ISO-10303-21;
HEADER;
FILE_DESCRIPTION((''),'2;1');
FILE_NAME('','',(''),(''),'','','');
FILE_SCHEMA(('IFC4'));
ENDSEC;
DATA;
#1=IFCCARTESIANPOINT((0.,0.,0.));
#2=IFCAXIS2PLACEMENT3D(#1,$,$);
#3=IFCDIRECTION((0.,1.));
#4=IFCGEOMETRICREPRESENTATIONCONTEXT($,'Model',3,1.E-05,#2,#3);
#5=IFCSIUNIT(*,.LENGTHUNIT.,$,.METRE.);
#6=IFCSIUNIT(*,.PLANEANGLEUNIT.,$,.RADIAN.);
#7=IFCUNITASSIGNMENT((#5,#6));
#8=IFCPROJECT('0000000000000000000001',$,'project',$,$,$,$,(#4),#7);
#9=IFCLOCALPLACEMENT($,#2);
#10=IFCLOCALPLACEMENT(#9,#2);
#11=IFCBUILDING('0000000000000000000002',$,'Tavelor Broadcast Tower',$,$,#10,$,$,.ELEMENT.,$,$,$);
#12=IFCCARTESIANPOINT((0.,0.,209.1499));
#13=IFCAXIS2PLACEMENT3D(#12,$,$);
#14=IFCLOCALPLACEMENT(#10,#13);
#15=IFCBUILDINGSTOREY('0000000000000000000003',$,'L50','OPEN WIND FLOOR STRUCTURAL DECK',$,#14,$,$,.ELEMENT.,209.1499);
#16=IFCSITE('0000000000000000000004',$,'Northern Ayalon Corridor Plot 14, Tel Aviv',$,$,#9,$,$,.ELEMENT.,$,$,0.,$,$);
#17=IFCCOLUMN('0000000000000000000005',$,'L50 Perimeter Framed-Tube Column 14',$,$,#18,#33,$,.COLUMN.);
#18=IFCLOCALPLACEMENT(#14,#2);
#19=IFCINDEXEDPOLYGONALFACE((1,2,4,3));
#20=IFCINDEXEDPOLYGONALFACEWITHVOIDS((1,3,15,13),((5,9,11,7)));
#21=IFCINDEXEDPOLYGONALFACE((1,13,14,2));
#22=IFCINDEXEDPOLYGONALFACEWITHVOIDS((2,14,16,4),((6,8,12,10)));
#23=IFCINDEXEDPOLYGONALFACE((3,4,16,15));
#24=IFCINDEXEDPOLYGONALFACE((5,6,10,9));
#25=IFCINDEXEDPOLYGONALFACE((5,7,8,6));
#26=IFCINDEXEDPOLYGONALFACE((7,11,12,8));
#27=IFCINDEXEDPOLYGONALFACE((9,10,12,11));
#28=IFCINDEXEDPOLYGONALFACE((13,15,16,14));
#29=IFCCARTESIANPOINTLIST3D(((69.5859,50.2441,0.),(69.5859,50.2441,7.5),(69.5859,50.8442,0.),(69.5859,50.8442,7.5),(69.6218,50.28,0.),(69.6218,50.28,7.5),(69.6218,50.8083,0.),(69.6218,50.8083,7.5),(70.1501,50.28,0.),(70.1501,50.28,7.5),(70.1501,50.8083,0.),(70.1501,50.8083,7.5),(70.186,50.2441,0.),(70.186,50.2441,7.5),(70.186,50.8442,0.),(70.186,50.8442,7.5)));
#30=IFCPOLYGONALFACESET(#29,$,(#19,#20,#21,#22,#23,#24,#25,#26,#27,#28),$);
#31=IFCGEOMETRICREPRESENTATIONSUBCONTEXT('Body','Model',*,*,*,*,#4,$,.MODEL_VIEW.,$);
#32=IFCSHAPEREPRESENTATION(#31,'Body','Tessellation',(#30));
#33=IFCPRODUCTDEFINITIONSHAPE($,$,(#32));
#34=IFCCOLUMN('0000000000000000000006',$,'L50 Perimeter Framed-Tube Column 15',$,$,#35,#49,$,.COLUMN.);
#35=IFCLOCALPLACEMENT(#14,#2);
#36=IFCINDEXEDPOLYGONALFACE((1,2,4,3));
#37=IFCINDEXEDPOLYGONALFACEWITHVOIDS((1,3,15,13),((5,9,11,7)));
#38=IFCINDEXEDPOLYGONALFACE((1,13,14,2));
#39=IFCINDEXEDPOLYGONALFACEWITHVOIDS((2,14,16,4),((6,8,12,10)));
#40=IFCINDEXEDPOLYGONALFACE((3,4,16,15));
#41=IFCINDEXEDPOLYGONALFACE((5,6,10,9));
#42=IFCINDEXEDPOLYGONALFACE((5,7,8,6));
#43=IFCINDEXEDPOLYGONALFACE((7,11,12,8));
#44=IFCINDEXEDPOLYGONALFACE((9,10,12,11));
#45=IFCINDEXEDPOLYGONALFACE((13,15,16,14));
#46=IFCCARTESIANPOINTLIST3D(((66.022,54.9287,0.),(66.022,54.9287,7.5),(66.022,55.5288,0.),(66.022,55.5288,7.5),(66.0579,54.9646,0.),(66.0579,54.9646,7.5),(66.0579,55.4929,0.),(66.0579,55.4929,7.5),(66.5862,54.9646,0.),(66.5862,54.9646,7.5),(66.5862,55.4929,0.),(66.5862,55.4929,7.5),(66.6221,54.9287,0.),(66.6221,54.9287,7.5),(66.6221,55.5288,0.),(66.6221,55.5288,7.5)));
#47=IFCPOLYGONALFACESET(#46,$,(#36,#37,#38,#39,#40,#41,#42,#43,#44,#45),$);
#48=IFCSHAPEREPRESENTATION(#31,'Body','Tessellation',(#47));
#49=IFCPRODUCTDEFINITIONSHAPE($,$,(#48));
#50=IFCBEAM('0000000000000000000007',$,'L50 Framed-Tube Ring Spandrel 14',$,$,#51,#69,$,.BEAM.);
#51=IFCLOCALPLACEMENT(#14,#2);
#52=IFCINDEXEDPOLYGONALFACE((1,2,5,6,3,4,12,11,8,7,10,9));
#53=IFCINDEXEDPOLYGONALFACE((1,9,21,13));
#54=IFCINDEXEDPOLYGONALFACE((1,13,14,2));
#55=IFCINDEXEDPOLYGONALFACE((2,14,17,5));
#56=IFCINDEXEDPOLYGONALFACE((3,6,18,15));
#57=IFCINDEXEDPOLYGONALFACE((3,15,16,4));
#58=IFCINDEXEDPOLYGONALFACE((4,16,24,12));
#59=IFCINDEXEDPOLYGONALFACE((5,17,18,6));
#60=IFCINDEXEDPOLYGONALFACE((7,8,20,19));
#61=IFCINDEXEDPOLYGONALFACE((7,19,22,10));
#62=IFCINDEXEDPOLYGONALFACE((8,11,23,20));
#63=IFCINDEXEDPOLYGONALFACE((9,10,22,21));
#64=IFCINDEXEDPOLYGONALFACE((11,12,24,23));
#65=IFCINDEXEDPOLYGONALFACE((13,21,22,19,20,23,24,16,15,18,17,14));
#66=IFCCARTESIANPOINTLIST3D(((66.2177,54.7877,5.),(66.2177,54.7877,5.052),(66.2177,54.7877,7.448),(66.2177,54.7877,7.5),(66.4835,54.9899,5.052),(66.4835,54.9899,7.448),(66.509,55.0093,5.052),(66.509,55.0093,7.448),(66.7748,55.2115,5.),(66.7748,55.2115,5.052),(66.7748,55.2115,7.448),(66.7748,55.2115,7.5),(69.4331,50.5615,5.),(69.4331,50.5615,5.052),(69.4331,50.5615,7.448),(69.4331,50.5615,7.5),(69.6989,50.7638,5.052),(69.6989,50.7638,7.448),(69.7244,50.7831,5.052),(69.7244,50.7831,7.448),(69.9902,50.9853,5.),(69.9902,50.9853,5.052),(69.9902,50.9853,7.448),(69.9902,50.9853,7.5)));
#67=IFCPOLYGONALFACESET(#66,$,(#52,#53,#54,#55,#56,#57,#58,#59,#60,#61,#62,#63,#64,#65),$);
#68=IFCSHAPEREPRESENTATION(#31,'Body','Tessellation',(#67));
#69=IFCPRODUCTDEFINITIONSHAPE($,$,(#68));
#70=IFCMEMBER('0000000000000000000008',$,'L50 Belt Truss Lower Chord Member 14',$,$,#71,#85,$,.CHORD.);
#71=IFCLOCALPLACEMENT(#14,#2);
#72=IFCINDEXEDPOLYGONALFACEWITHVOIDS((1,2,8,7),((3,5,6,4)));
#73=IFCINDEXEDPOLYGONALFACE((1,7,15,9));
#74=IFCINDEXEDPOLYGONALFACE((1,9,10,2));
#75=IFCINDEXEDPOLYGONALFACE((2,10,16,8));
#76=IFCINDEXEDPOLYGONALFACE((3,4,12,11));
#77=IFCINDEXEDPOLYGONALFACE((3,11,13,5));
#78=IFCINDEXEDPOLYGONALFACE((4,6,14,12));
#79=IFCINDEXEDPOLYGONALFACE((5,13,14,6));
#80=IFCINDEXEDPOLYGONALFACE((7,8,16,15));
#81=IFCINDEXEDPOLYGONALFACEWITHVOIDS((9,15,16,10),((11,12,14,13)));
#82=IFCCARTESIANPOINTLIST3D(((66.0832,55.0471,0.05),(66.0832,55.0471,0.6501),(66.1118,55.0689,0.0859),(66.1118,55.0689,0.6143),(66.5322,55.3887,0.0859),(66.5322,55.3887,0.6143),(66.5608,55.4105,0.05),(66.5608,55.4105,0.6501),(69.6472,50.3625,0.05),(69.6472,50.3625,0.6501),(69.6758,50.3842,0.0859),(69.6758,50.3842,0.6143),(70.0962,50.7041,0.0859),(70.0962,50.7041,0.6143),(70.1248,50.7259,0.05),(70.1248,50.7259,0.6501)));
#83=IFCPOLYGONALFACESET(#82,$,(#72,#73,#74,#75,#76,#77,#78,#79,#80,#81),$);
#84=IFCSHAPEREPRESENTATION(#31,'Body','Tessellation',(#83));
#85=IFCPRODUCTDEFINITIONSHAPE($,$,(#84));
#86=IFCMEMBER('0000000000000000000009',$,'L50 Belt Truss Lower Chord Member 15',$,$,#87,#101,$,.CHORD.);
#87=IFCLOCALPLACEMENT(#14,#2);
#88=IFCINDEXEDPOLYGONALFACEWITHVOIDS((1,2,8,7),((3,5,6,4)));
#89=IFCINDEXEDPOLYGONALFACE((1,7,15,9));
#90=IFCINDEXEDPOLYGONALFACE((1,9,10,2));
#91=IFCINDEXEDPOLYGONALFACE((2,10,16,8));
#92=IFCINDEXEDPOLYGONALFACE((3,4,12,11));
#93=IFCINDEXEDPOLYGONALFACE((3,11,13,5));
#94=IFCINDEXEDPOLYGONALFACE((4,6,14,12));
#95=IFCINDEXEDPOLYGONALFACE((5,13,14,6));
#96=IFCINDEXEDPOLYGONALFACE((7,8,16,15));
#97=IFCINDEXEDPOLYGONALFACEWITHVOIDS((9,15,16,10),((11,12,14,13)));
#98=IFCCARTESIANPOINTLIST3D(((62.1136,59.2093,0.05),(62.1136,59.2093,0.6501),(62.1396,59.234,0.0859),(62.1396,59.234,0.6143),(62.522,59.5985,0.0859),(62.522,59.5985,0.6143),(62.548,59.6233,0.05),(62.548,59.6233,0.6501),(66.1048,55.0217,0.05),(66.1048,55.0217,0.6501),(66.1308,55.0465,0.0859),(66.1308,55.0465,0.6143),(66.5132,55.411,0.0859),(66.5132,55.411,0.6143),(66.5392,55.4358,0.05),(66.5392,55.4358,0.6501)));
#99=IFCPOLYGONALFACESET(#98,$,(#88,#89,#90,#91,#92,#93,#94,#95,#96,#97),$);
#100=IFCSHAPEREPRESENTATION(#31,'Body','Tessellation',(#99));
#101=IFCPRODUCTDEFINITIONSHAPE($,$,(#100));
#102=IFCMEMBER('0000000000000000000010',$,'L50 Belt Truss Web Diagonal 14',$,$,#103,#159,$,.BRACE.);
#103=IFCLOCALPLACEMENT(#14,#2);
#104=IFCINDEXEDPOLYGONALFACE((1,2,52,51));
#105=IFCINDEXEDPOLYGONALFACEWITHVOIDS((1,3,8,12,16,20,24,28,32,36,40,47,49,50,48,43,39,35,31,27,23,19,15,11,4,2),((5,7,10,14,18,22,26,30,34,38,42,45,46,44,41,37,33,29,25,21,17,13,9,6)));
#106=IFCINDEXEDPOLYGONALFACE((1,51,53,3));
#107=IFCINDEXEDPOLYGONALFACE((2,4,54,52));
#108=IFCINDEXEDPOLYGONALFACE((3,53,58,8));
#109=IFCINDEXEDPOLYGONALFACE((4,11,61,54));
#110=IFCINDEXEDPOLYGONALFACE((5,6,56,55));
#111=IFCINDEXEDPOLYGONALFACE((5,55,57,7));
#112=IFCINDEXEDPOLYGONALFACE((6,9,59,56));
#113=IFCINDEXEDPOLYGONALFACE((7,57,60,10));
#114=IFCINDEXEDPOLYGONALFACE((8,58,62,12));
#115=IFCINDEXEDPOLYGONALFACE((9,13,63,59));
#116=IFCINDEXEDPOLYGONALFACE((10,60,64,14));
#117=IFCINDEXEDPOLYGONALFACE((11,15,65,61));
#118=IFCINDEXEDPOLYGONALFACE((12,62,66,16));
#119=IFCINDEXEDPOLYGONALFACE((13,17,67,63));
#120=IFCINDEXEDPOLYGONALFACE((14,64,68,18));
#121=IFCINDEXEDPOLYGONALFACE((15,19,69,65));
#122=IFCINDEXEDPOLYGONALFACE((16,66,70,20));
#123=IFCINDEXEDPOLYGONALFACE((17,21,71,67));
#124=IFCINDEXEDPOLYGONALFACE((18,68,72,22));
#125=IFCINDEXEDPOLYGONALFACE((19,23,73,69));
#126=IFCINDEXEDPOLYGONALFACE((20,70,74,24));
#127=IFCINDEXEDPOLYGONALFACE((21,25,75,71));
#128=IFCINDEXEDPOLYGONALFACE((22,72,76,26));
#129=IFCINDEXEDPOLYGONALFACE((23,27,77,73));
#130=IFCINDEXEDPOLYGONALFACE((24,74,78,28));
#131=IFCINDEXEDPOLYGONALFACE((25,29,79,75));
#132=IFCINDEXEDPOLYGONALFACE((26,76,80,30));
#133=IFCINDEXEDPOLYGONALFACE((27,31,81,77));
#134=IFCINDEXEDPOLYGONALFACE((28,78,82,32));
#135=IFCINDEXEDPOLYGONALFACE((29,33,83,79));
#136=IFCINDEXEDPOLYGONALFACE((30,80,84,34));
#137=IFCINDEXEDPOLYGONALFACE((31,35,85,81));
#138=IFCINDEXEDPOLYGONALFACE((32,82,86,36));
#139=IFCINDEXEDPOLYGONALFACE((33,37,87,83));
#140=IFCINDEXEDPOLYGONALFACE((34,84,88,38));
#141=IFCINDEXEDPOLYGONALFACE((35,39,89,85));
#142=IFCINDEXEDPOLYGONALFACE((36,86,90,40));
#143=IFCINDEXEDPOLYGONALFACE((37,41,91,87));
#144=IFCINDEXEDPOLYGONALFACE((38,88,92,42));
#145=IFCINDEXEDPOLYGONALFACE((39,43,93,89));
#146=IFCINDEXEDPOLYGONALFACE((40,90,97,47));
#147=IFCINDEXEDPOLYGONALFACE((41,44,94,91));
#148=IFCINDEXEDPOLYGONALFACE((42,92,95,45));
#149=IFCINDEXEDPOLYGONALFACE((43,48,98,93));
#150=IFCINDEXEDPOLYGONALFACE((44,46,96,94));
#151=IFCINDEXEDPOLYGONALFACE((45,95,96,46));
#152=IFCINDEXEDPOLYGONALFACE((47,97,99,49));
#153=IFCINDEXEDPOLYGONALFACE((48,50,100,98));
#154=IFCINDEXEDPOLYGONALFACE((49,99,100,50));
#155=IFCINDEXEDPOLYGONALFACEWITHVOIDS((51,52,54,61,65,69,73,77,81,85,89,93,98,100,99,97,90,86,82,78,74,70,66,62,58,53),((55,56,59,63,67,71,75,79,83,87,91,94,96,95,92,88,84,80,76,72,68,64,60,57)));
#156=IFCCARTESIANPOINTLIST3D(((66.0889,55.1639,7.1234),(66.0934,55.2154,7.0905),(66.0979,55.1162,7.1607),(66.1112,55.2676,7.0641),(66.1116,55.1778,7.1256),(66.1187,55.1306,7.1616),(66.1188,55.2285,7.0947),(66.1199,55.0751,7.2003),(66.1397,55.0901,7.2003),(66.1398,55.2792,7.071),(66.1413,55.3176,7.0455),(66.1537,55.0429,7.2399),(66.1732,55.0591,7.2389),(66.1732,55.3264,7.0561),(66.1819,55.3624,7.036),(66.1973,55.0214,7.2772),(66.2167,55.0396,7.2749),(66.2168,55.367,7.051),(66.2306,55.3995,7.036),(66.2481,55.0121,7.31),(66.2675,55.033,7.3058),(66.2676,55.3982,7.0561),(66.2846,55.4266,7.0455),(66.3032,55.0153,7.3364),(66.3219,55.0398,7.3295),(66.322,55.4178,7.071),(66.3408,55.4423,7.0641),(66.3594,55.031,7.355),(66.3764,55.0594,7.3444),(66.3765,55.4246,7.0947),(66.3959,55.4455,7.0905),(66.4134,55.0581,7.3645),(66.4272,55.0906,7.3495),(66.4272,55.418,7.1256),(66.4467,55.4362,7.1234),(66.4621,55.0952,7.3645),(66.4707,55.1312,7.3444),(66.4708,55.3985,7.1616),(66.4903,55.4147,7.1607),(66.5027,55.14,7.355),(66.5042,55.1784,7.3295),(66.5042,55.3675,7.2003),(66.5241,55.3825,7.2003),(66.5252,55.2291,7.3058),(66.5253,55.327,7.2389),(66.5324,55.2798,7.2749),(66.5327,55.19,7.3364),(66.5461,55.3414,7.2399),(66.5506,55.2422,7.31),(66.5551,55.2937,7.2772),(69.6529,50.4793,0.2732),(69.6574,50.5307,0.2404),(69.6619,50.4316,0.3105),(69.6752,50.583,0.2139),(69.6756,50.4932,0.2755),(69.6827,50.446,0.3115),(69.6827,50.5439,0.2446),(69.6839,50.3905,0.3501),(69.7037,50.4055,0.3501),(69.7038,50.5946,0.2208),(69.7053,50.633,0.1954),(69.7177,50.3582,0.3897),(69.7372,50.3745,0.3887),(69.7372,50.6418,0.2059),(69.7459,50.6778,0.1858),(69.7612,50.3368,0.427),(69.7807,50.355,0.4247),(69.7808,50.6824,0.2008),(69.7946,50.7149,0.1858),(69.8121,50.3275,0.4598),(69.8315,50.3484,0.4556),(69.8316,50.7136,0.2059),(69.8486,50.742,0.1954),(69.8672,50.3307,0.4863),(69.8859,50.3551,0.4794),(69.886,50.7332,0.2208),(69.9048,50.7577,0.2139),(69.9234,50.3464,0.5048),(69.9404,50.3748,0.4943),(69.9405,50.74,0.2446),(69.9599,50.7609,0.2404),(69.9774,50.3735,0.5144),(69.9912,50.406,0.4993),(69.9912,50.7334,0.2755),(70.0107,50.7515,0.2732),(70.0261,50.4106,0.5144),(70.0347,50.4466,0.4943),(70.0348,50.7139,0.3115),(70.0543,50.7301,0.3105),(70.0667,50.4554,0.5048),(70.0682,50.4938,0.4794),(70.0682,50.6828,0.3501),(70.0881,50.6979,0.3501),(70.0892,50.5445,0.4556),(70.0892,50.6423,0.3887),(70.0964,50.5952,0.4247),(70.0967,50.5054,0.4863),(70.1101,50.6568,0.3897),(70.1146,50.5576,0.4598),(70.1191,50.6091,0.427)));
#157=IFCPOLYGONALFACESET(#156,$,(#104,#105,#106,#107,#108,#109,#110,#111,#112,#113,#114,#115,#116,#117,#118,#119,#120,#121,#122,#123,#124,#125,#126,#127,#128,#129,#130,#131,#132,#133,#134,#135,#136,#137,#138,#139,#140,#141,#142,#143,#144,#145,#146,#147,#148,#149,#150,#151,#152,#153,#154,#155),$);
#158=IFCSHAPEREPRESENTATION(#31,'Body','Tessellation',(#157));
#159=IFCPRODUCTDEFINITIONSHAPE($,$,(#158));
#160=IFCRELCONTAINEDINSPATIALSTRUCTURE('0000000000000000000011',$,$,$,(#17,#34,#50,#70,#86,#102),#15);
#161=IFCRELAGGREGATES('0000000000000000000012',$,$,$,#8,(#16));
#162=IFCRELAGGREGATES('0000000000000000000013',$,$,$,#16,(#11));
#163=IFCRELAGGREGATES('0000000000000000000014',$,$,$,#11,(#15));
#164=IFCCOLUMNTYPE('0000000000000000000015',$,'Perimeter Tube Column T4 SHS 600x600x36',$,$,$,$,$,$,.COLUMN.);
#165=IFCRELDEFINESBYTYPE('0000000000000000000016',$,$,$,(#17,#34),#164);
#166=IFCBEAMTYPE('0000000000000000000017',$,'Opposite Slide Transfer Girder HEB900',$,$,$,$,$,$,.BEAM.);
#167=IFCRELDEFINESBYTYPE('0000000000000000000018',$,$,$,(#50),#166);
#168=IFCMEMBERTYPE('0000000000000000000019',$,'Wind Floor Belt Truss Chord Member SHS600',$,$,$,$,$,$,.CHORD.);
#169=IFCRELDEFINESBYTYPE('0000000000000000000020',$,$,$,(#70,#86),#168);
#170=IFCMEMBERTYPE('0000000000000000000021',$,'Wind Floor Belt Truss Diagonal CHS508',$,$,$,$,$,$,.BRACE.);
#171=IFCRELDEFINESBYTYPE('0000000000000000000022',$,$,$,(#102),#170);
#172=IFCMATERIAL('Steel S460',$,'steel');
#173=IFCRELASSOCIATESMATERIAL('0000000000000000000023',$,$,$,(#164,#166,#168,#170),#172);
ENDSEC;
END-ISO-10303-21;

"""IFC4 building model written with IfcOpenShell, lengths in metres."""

from ifc_helpers import new_model, si_unit, direction, frame, origin, origin_2d, place, context, subcontext, project, spatial, hollow_rectangle, hollow_circle, i_section, extrude, material, material_profile, profile_set, type_object, element, save


model = new_model("IFC4")

# Units and contexts
model_context = context("Model", 3, precision=1e-05, world=origin(), true_north=direction((0.0, 1.0)))
body_context = subcontext(model_context, "Body", "Model", "MODEL_VIEW")
ifc_project = project(units=[si_unit("LENGTHUNIT", "METRE"), si_unit("PLANEANGLEUNIT", "RADIAN")], contexts=[model_context])

# Site, building, storey
site_placement = place(None, origin())
site = spatial("IfcSite", under=ifc_project, at=site_placement, Name="Northern Ayalon Corridor Plot 14, Tel Aviv", CompositionType="ELEMENT", RefElevation=0.0)
building_placement = place(site_placement, origin())
building = spatial("IfcBuilding", under=site, at=building_placement, Name="Tavelor Broadcast Tower", CompositionType="ELEMENT")
storey_placement = place(building_placement, frame((0.0, 0.0, 209.1499)))
storey = spatial("IfcBuildingStorey", under=building, at=storey_placement, Name="L50", Description="OPEN WIND FLOOR STRUCTURAL DECK", CompositionType="ELEMENT", Elevation=209.1499)

# Columns
ifc_material_1 = material(Name="Steel S460", Category="steel")
ifc_material_profile_1 = material_profile(ifc_material_1, hollow_rectangle(XDim=0.6001, YDim=0.6001, WallThickness=0.0359, at=origin_2d()), Name="SHS 600x600x36")
ifc_profile_set_1 = profile_set([ifc_material_profile_1], Name="Steel S460")
column_type = type_object("IfcColumnType", Name="Perimeter Tube Column T4 SHS 600x600x36", PredefinedType="COLUMN", material=ifc_profile_set_1)
for number, where, z_axis, x_axis, name in (
    (1, (69.886, 50.5442, 0.0), (0.0, 0.0, 1.0), (1.0, 0.0, 0.0), "L50 Perimeter Framed-Tube Column 14"),
    (2, (66.322, 55.2288, 0.0), (0.0, 0.0, 1.0), (1.0, 0.0, 0.0), "L50 Perimeter Framed-Tube Column 15"),
):
    element("IfcColumn", number, at=place(storey_placement, frame(where, z_axis=z_axis, x_axis=x_axis)), inside=storey, type_object=column_type, Name=name, PredefinedType="COLUMN", context=body_context, shape_type="SweptSolid", body=[
        extrude(hollow_rectangle(XDim=0.6001, YDim=0.6001, WallThickness=0.0359, at=origin_2d()), origin(), (0.0, 0.0, 1.0), 7.5),
    ])

# Beam
ifc_material_profile_2 = material_profile(ifc_material_1, i_section(OverallWidth=0.7, OverallDepth=2.5, WebThickness=0.032, FlangeThickness=0.052, at=origin_2d()), Name="PG 2500x700")
ifc_profile_set_2 = profile_set([ifc_material_profile_2], Name="Steel S460")
beam_type = type_object("IfcBeamType", Name="Opposite Slide Transfer Girder HEB900", PredefinedType="BEAM", material=ifc_profile_set_2)
beam_placement = place(storey_placement, frame((69.7117, 50.7734, 6.25), z_axis=(-0.605503, 0.795843, 0.0), x_axis=(-0.795843, -0.605503, 0.0)))
element("IfcBeam", 3, at=beam_placement, inside=storey, type_object=beam_type, Name="L50 Framed-Tube Ring Spandrel 14", PredefinedType="BEAM", context=body_context, shape_type="SweptSolid", body=[
    extrude(i_section(OverallWidth=0.7, OverallDepth=2.5, WebThickness=0.032, FlangeThickness=0.052, at=origin_2d()), origin(), (0.0, 0.0, 1.0), 5.3103),
])

# Members
ifc_material_profile_3 = material_profile(ifc_material_1, hollow_rectangle(XDim=0.6001, YDim=0.6001, WallThickness=0.0359, at=origin_2d()), Name="SHS 600x600x36")
ifc_profile_set_3 = profile_set([ifc_material_profile_3], Name="Steel S460")
member_type_1 = type_object("IfcMemberType", Name="Wind Floor Belt Truss Chord Member SHS600", PredefinedType="CHORD", material=ifc_profile_set_3)
member_1_placement = place(storey_placement, frame((69.886, 50.5442, 0.3501), z_axis=(-0.605481, 0.79586, 0.0), x_axis=(-0.79586, -0.605481, 0.0)))
element("IfcMember", 4, at=member_1_placement, inside=storey, type_object=member_type_1, Name="L50 Belt Truss Lower Chord Member 14", PredefinedType="CHORD", context=body_context, shape_type="SweptSolid", body=[
    extrude(hollow_rectangle(XDim=0.6001, YDim=0.6001, WallThickness=0.0359, at=origin_2d()), origin(), (0.0, 0.0, 1.0), 5.8862),
])
member_2_placement = place(storey_placement, frame((66.322, 55.2288, 0.3501), z_axis=(-0.689938, 0.723869, 0.0), x_axis=(-0.723869, -0.689938, 0.0)))
element("IfcMember", 5, at=member_2_placement, inside=storey, type_object=member_type_1, Name="L50 Belt Truss Lower Chord Member 15", PredefinedType="CHORD", context=body_context, shape_type="SweptSolid", body=[
    extrude(hollow_rectangle(XDim=0.6001, YDim=0.6001, WallThickness=0.0359, at=origin_2d()), origin(), (0.0, 0.0, 1.0), 5.7849),
])
ifc_material_profile_4 = material_profile(ifc_material_1, hollow_circle(Radius=0.2539, WallThickness=0.0249, at=origin_2d()), Name="CHS 508x25")
ifc_profile_set_4 = profile_set([ifc_material_profile_4], Name="Steel S460")
member_type_2 = type_object("IfcMemberType", Name="Wind Floor Belt Truss Diagonal CHS508", PredefinedType="BRACE", material=ifc_profile_set_4)
member_3_placement = place(storey_placement, frame((69.886, 50.5442, 0.3501), z_axis=(-0.394608, 0.518683, 0.758454), x_axis=(-0.79586, -0.605481, 0.0)))
element("IfcMember", 6, at=member_3_placement, inside=storey, type_object=member_type_2, Name="L50 Belt Truss Web Diagonal 14", PredefinedType="BRACE", context=body_context, shape_type="SweptSolid", body=[
    extrude(hollow_circle(Radius=0.2539, WallThickness=0.0249, at=origin_2d()), origin(), (0.0, 0.0, 1.0), 9.0317),
])

save(model, "model.ifc")
